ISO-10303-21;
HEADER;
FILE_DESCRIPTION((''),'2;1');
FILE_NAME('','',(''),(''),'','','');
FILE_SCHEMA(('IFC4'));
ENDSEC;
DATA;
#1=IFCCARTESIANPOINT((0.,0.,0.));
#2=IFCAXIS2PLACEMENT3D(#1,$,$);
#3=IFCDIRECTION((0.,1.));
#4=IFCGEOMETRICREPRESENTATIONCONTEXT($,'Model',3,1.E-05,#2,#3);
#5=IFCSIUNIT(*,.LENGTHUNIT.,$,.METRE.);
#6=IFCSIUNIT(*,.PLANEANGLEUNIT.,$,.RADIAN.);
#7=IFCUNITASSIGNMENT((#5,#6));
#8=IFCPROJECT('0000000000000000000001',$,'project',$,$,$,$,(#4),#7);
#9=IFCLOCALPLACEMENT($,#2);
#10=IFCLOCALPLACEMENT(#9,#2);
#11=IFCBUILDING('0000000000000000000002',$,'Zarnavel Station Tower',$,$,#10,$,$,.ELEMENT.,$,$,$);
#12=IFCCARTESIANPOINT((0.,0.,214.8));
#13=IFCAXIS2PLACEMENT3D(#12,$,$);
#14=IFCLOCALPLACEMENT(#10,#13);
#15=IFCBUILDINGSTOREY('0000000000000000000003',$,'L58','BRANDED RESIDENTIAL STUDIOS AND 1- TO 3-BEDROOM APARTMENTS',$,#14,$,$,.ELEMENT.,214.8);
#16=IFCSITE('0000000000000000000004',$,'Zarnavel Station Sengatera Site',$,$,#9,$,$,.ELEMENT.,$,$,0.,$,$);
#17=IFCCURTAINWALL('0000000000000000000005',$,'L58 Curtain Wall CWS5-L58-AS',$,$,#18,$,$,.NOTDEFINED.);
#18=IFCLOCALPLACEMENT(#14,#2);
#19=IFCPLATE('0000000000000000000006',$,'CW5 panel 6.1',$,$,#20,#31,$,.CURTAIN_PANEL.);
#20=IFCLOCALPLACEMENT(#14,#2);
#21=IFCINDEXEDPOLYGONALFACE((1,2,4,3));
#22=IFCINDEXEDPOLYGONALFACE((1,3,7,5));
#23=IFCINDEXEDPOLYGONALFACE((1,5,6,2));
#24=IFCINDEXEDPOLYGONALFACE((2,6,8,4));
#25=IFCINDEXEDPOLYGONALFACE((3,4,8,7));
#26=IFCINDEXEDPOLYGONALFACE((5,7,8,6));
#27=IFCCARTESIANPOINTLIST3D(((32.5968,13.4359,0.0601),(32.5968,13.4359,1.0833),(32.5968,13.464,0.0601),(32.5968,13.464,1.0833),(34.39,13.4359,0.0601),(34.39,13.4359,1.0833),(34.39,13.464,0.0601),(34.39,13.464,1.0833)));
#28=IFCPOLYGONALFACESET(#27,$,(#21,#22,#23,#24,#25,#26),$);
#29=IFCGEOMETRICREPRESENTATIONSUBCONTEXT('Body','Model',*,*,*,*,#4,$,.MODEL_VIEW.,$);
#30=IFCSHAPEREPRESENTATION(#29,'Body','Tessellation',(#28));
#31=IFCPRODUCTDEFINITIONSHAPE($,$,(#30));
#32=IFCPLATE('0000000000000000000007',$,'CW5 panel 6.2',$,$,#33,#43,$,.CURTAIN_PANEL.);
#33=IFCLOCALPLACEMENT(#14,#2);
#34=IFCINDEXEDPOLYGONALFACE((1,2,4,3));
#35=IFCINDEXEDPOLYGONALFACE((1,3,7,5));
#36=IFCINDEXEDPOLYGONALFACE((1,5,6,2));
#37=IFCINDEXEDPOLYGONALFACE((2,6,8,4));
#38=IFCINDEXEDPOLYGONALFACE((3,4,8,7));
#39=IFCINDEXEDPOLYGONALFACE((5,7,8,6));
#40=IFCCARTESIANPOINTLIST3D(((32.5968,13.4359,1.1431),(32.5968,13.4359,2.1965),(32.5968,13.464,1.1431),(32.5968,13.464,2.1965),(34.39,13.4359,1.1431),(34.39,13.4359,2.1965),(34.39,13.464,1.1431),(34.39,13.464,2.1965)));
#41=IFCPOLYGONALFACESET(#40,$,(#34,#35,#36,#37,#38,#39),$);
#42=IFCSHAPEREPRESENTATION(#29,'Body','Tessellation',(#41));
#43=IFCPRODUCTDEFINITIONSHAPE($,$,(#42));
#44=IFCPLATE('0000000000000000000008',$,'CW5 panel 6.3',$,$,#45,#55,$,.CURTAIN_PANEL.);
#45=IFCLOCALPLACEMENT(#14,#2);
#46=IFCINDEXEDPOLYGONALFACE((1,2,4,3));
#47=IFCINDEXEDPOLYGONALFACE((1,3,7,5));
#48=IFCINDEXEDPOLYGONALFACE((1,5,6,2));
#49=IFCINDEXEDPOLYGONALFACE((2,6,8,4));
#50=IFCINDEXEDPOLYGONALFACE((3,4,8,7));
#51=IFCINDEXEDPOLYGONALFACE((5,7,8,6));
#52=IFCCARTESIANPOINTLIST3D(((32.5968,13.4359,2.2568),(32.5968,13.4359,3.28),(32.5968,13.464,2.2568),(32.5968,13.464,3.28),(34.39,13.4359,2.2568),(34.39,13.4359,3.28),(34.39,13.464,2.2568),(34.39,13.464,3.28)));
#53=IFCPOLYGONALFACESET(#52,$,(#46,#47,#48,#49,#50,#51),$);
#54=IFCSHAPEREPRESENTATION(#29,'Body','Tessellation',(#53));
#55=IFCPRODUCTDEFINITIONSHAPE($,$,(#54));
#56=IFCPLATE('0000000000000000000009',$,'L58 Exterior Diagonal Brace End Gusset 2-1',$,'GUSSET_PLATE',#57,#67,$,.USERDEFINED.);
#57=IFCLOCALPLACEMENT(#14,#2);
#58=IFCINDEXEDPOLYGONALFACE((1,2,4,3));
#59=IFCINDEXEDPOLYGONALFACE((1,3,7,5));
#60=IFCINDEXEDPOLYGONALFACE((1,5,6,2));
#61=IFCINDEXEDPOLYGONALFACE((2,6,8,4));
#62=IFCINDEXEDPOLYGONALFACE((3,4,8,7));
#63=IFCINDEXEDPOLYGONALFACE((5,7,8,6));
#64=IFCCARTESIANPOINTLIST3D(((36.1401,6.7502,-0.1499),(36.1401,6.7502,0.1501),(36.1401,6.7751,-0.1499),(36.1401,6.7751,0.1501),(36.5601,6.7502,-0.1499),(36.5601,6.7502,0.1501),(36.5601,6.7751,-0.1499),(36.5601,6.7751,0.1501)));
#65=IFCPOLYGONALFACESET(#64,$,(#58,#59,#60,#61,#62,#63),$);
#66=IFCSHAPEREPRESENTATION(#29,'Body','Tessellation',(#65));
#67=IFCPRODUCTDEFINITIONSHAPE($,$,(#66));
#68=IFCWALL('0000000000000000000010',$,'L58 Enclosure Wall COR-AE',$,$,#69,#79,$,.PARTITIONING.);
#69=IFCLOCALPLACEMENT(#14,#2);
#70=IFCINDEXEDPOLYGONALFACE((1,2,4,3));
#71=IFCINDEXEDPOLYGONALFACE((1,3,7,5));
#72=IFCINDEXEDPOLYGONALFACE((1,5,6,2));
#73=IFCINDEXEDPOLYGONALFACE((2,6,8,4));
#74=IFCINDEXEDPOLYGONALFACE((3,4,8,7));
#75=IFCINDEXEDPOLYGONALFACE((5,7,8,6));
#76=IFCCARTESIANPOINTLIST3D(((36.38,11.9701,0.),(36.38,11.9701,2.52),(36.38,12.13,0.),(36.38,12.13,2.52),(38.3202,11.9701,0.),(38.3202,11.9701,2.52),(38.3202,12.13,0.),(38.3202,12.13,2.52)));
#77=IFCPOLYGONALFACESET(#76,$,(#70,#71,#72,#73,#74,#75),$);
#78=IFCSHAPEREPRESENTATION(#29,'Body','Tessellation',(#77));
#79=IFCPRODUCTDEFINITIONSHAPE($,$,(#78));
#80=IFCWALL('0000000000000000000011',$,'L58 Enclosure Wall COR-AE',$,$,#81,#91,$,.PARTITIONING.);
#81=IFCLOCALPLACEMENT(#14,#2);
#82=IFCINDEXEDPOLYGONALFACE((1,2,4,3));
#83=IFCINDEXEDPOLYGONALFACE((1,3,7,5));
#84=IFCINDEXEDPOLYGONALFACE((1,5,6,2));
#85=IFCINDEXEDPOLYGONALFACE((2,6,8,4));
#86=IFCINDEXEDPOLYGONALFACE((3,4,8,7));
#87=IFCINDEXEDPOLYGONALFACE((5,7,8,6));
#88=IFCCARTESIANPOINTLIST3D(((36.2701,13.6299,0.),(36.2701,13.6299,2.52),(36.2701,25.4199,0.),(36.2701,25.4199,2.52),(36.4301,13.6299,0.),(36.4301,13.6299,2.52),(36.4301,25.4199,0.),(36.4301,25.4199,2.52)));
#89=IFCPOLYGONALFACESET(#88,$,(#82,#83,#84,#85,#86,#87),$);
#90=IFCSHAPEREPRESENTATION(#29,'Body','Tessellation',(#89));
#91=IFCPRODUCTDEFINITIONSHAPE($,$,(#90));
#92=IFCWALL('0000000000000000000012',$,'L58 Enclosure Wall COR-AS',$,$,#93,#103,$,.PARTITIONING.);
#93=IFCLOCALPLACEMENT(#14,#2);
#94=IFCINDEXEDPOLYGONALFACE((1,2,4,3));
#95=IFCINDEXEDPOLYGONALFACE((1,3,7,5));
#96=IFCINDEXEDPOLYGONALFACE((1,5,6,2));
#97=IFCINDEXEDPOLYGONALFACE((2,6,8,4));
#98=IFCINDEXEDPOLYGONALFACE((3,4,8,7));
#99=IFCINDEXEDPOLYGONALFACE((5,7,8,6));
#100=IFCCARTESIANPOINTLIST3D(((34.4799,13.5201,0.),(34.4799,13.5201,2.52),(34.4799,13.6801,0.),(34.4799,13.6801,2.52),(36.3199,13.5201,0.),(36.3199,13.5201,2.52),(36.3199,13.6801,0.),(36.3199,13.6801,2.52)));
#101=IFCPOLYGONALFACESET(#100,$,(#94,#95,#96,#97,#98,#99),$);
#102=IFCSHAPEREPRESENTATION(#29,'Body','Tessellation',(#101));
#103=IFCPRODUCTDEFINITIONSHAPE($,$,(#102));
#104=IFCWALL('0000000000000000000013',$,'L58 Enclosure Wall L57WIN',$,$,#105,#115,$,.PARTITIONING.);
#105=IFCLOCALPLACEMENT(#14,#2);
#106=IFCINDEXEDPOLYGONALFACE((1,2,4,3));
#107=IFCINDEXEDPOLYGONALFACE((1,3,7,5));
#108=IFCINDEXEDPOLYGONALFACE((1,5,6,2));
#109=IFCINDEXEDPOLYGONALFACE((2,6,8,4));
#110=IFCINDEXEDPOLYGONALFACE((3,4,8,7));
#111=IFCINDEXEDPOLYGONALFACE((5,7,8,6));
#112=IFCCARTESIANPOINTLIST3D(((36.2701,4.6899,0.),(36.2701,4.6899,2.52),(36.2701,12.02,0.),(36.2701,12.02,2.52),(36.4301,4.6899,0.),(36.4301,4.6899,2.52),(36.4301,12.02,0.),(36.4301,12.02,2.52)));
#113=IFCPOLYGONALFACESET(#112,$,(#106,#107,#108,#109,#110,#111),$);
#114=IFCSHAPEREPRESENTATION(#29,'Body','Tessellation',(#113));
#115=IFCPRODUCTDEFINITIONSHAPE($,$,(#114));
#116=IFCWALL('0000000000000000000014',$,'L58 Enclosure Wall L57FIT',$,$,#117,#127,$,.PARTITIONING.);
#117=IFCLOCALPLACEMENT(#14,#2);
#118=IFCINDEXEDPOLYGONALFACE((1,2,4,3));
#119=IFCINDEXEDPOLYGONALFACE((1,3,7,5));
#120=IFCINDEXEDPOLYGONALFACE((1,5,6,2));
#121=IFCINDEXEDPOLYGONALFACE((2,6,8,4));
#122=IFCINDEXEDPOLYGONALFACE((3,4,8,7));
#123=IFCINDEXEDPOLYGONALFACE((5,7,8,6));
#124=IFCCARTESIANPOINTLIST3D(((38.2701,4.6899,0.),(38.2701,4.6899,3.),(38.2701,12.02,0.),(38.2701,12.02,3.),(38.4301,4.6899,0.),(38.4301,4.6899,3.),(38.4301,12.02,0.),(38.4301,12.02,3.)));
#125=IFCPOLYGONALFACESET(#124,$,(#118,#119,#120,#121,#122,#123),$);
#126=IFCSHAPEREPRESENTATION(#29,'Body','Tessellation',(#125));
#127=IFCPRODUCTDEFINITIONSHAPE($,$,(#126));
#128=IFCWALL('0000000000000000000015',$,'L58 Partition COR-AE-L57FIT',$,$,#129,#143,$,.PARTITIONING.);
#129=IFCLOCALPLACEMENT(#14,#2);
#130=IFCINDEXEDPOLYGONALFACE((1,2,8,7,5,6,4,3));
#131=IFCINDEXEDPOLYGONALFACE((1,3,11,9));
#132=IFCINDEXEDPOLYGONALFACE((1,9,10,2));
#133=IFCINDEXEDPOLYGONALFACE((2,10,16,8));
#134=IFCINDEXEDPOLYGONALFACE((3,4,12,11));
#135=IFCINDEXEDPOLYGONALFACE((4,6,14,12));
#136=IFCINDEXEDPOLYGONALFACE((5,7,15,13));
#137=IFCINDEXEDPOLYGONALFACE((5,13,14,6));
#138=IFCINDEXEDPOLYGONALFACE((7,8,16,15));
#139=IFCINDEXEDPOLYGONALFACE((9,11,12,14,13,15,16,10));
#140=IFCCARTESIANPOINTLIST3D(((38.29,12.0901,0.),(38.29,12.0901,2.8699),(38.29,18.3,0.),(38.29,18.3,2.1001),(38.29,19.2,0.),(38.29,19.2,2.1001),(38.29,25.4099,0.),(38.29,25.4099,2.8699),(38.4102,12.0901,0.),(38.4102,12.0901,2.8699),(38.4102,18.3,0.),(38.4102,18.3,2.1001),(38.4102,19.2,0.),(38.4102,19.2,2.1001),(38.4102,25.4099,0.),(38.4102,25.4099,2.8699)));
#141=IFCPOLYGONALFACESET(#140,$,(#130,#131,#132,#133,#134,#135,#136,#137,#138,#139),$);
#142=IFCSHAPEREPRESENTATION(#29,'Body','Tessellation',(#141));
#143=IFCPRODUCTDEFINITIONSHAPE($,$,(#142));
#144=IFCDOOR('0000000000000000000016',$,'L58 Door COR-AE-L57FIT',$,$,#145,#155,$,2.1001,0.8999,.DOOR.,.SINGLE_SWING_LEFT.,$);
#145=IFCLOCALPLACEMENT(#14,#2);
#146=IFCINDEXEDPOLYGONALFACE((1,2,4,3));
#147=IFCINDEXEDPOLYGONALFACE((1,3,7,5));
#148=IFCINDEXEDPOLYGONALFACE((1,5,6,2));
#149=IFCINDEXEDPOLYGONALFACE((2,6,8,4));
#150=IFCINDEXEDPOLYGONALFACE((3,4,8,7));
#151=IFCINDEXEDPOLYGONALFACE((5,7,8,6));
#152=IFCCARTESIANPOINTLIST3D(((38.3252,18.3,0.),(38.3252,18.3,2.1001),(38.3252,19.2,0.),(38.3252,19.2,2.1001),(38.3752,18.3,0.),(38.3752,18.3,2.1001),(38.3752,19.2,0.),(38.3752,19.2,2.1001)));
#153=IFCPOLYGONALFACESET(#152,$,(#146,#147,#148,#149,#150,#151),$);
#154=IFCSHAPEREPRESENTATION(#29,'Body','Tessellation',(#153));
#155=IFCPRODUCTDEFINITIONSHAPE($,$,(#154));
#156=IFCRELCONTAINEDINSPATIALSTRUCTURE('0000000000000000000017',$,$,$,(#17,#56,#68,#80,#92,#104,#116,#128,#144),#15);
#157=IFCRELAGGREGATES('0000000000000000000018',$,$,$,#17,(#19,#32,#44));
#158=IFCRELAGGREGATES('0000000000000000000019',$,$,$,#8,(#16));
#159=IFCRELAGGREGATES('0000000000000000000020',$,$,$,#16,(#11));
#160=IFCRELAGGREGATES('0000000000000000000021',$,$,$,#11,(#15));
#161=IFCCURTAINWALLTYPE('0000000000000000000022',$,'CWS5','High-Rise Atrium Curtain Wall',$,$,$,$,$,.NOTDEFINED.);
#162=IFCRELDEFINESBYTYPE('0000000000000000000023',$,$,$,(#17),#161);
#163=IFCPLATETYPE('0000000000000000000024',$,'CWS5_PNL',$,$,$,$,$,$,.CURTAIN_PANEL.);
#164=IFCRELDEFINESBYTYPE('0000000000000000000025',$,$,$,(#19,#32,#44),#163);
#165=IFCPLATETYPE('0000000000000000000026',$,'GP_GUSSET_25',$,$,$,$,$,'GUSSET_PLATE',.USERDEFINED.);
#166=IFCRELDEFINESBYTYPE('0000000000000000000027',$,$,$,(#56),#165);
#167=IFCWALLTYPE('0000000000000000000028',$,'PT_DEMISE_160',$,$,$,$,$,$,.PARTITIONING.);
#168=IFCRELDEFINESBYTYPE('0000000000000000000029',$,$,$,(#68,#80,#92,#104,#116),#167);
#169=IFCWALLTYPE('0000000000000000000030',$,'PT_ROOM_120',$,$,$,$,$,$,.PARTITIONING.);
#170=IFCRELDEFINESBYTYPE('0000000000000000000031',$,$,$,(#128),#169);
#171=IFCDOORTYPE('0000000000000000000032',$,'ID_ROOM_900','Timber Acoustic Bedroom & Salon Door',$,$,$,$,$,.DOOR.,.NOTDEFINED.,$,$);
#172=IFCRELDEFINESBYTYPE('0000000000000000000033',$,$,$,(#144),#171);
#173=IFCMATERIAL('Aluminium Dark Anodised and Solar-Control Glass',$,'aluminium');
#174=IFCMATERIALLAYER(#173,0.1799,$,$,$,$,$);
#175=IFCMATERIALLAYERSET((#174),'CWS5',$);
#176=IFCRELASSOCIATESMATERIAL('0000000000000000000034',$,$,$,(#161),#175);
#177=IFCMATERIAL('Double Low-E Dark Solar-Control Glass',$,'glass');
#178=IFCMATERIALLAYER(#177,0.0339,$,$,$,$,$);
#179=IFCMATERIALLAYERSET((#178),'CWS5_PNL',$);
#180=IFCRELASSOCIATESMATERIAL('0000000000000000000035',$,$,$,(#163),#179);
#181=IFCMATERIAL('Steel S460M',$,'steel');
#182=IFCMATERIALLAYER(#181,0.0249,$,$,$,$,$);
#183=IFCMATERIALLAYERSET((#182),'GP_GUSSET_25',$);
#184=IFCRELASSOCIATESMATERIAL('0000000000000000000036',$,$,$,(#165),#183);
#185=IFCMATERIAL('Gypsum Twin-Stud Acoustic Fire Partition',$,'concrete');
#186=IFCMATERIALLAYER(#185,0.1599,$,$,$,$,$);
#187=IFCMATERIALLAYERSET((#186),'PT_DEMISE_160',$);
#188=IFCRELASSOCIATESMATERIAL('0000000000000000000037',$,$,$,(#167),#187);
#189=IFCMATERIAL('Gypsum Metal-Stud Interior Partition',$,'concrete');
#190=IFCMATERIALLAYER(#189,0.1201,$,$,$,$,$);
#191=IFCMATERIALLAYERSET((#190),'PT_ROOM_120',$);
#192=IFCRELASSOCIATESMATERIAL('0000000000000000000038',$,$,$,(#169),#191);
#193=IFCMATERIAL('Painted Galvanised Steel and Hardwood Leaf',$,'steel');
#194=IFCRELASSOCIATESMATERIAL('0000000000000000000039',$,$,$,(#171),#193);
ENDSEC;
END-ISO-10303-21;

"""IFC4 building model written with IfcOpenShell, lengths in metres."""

from ifc_helpers import new_model, si_unit, direction, frame, frame_2d, origin, origin_2d, place, context, subcontext, project, spatial, rectangle, extrude, material, layer, layer_set, type_object, element, fill, aggregate, save


model = new_model("IFC4")

# Units and contexts
model_context = context("Model", 3, precision=1e-05, world=origin(), true_north=direction((0.0, 1.0)))
body_context = subcontext(model_context, "Body", "Model", "MODEL_VIEW")
ifc_project = project(units=[si_unit("LENGTHUNIT", "METRE"), si_unit("PLANEANGLEUNIT", "RADIAN")], contexts=[model_context])

# Site, building, storey
site_placement = place(None, origin())
site = spatial("IfcSite", under=ifc_project, at=site_placement, Name="Zarnavel Station Sengatera Site", CompositionType="ELEMENT", RefElevation=0.0)
building_placement = place(site_placement, origin())
building = spatial("IfcBuilding", under=site, at=building_placement, Name="Zarnavel Station Tower", CompositionType="ELEMENT")
storey_placement = place(building_placement, frame((0.0, 0.0, 214.8)))
storey = spatial("IfcBuildingStorey", under=building, at=storey_placement, Name="L58", Description="BRANDED RESIDENTIAL STUDIOS AND 1- TO 3-BEDROOM APARTMENTS", CompositionType="ELEMENT", Elevation=214.8)

# Curtain wall
ifc_material_1 = material(Name="Aluminium Dark Anodised and Solar-Control Glass", Category="aluminium")
ifc_layer_1 = layer(ifc_material_1, 0.1799)
ifc_layer_set_1 = layer_set([ifc_layer_1], Name="CWS5")
curtain_wall_type = type_object("IfcCurtainWallType", Name="CWS5", Description="High-Rise Atrium Curtain Wall", PredefinedType="NOTDEFINED", material=ifc_layer_set_1)
curtain_wall_placement = place(storey_placement, origin())
curtain_wall = element("IfcCurtainWall", 1, at=curtain_wall_placement, inside=storey, type_object=curtain_wall_type, Name="L58 Curtain Wall CWS5-L58-AS", PredefinedType="NOTDEFINED")

# Plates
ifc_material_2 = material(Name="Double Low-E Dark Solar-Control Glass", Category="glass")
ifc_layer_2 = layer(ifc_material_2, 0.0339)
ifc_layer_set_2 = layer_set([ifc_layer_2], Name="CWS5_PNL")
plate_type_1 = type_object("IfcPlateType", Name="CWS5_PNL", PredefinedType="CURTAIN_PANEL", material=ifc_layer_set_2)
plate_1_placement = place(storey_placement, frame((33.4934, 13.45, 0.0601), z_axis=(0.0, 0.0, 1.0), x_axis=(1.0, 0.0, 0.0)))
plate_1 = element("IfcPlate", 2, at=plate_1_placement, type_object=plate_type_1, Name="CW5 panel 6.1", PredefinedType="CURTAIN_PANEL", context=body_context, shape_type="SweptSolid", body=[
    extrude(rectangle(XDim=1.7932, YDim=0.0281, at=origin_2d()), origin(), (0.0, 0.0, 1.0), 1.0232),
])
plate_2_placement = place(storey_placement, frame((33.4934, 13.45, 1.1431), z_axis=(0.0, 0.0, 1.0), x_axis=(1.0, 0.0, 0.0)))
plate_2 = element("IfcPlate", 3, at=plate_2_placement, type_object=plate_type_1, Name="CW5 panel 6.2", PredefinedType="CURTAIN_PANEL", context=body_context, shape_type="SweptSolid", body=[
    extrude(rectangle(XDim=1.7932, YDim=0.0281, at=origin_2d()), origin(), (0.0, 0.0, 1.0), 1.0535),
])
plate_3_placement = place(storey_placement, frame((33.4934, 13.45, 2.2568), z_axis=(0.0, 0.0, 1.0), x_axis=(1.0, 0.0, 0.0)))
plate_3 = element("IfcPlate", 4, at=plate_3_placement, type_object=plate_type_1, Name="CW5 panel 6.3", PredefinedType="CURTAIN_PANEL", context=body_context, shape_type="SweptSolid", body=[
    extrude(rectangle(XDim=1.7932, YDim=0.0281, at=origin_2d()), origin(), (0.0, 0.0, 1.0), 1.0232),
])
aggregate(curtain_wall, [plate_1, plate_2, plate_3])
ifc_material_3 = material(Name="Steel S460M", Category="steel")
ifc_layer_3 = layer(ifc_material_3, 0.0249)
ifc_layer_set_3 = layer_set([ifc_layer_3], Name="GP_GUSSET_25")
plate_type_2 = type_object("IfcPlateType", Name="GP_GUSSET_25", ElementType="GUSSET_PLATE", PredefinedType="USERDEFINED", material=ifc_layer_set_3)
plate_4_placement = place(storey_placement, frame((36.3501, 6.7627, -0.1499), z_axis=(0.0, 0.0, 1.0), x_axis=(1.0, 0.0, 0.0)))
element("IfcPlate", 5, at=plate_4_placement, inside=storey, type_object=plate_type_2, Name="L58 Exterior Diagonal Brace End Gusset 2-1", ObjectType="GUSSET_PLATE", PredefinedType="USERDEFINED", context=body_context, shape_type="SweptSolid", body=[
    extrude(rectangle(XDim=0.4199, YDim=0.0249, at=origin_2d()), origin(), (0.0, 0.0, 1.0), 0.3),
])

# Walls
ifc_material_4 = material(Name="Gypsum Twin-Stud Acoustic Fire Partition", Category="concrete")
ifc_layer_4 = layer(ifc_material_4, 0.1599)
ifc_layer_set_4 = layer_set([ifc_layer_4], Name="PT_DEMISE_160")
wall_type_1 = type_object("IfcWallType", Name="PT_DEMISE_160", PredefinedType="PARTITIONING", material=ifc_layer_set_4)
wall_1_placement = place(storey_placement, frame((36.3799, 12.05, 0.0), z_axis=(0.0, 0.0, 1.0), x_axis=(1.0, 0.0, 0.0)))
element("IfcWall", 6, at=wall_1_placement, inside=storey, type_object=wall_type_1, Name="L58 Enclosure Wall COR-AE", PredefinedType="PARTITIONING", context=body_context, shape_type="SweptSolid", body=[
    extrude(rectangle(XDim=1.9402, YDim=0.1599, at=frame_2d((0.9702, 0.0))), origin(), (0.0, 0.0, 1.0), 2.52),
])
wall_2_placement = place(storey_placement, frame((36.3501, 13.6299, 0.0), z_axis=(0.0, 0.0, 1.0), x_axis=(0.0, 1.0, 0.0)))
element("IfcWall", 7, at=wall_2_placement, inside=storey, type_object=wall_type_1, Name="L58 Enclosure Wall COR-AE", PredefinedType="PARTITIONING", context=body_context, shape_type="SweptSolid", body=[
    extrude(rectangle(XDim=11.79, YDim=0.1599, at=frame_2d((5.895, 0.0))), origin(), (0.0, 0.0, 1.0), 2.52),
])
wall_3_placement = place(storey_placement, frame((34.48, 13.6001, 0.0), z_axis=(0.0, 0.0, 1.0), x_axis=(1.0, 0.0, 0.0)))
element("IfcWall", 8, at=wall_3_placement, inside=storey, type_object=wall_type_1, Name="L58 Enclosure Wall COR-AS", PredefinedType="PARTITIONING", context=body_context, shape_type="SweptSolid", body=[
    extrude(rectangle(XDim=1.8401, YDim=0.1599, at=frame_2d((0.9199, 0.0))), origin(), (0.0, 0.0, 1.0), 2.52),
])
wall_4_placement = place(storey_placement, frame((36.3501, 4.6899, 0.0), z_axis=(0.0, 0.0, 1.0), x_axis=(0.0, 1.0, 0.0)))
element("IfcWall", 9, at=wall_4_placement, inside=storey, type_object=wall_type_1, Name="L58 Enclosure Wall L57WIN", PredefinedType="PARTITIONING", context=body_context, shape_type="SweptSolid", body=[
    extrude(rectangle(XDim=7.3301, YDim=0.1599, at=frame_2d((3.665, 0.0))), origin(), (0.0, 0.0, 1.0), 2.52),
])
wall_5_placement = place(storey_placement, frame((38.3501, 4.6899, 0.0), z_axis=(0.0, 0.0, 1.0), x_axis=(0.0, 1.0, 0.0)))
element("IfcWall", 10, at=wall_5_placement, inside=storey, type_object=wall_type_1, Name="L58 Enclosure Wall L57FIT", PredefinedType="PARTITIONING", context=body_context, shape_type="SweptSolid", body=[
    extrude(rectangle(XDim=7.3301, YDim=0.1599, at=frame_2d((3.665, 0.0))), origin(), (0.0, 0.0, 1.0), 3.0),
])

# Wall, opening, door
ifc_material_5 = material(Name="Gypsum Metal-Stud Interior Partition", Category="concrete")
ifc_layer_5 = layer(ifc_material_5, 0.1201)
ifc_layer_set_5 = layer_set([ifc_layer_5], Name="PT_ROOM_120")
wall_type_2 = type_object("IfcWallType", Name="PT_ROOM_120", PredefinedType="PARTITIONING", material=ifc_layer_set_5)
wall_6_placement = place(storey_placement, frame((38.3501, 12.0901, 0.0), z_axis=(0.0, 0.0, 1.0), x_axis=(0.0, 1.0, 0.0)))
wall_6 = element("IfcWall", 11, at=wall_6_placement, inside=storey, type_object=wall_type_2, Name="L58 Partition COR-AE-L57FIT", PredefinedType="PARTITIONING", context=body_context, shape_type="SweptSolid", body=[
    extrude(rectangle(XDim=13.3198, YDim=0.1201, at=frame_2d((6.6599, 0.0))), origin(), (0.0, 0.0, 1.0), 2.8699),
])
opening_placement = place(wall_6_placement, frame((6.21, 0.0, 0.0)))
opening = element("IfcOpeningElement", 12, at=opening_placement, cuts=wall_6, PredefinedType="OPENING", context=body_context, shape_type="SweptSolid", body=[
    extrude(rectangle(XDim=0.8999, YDim=2.1001, at=frame_2d((0.45, 1.05))), frame((0.0, 0.0701, 0.0), z_axis=(0.0, -1.0, 0.0), x_axis=(1.0, 0.0, 0.0)), (0.0, 0.0, 1.0), 0.1401),
])
ifc_material_6 = material(Name="Painted Galvanised Steel and Hardwood Leaf", Category="steel")
door_type = type_object("IfcDoorType", Name="ID_ROOM_900", Description="Timber Acoustic Bedroom & Salon Door", OperationType="NOTDEFINED", PredefinedType="DOOR", material=ifc_material_6)
door_placement = place(opening_placement, origin())
door = element("IfcDoor", 13, at=door_placement, inside=storey, type_object=door_type, Name="L58 Door COR-AE-L57FIT", OperationType="SINGLE_SWING_LEFT", OverallHeight=2.1001, OverallWidth=0.8999, PredefinedType="DOOR", context=body_context, shape_type="SweptSolid", body=[
    extrude(rectangle(XDim=0.8999, YDim=2.1001, at=frame_2d((0.45, 1.05))), frame((0.0, 0.0249, 0.0), z_axis=(0.0, -1.0, 0.0), x_axis=(1.0, 0.0, 0.0)), (0.0, 0.0, 1.0), 0.05),
])
fill(opening, door)

save(model, "model.ifc")
